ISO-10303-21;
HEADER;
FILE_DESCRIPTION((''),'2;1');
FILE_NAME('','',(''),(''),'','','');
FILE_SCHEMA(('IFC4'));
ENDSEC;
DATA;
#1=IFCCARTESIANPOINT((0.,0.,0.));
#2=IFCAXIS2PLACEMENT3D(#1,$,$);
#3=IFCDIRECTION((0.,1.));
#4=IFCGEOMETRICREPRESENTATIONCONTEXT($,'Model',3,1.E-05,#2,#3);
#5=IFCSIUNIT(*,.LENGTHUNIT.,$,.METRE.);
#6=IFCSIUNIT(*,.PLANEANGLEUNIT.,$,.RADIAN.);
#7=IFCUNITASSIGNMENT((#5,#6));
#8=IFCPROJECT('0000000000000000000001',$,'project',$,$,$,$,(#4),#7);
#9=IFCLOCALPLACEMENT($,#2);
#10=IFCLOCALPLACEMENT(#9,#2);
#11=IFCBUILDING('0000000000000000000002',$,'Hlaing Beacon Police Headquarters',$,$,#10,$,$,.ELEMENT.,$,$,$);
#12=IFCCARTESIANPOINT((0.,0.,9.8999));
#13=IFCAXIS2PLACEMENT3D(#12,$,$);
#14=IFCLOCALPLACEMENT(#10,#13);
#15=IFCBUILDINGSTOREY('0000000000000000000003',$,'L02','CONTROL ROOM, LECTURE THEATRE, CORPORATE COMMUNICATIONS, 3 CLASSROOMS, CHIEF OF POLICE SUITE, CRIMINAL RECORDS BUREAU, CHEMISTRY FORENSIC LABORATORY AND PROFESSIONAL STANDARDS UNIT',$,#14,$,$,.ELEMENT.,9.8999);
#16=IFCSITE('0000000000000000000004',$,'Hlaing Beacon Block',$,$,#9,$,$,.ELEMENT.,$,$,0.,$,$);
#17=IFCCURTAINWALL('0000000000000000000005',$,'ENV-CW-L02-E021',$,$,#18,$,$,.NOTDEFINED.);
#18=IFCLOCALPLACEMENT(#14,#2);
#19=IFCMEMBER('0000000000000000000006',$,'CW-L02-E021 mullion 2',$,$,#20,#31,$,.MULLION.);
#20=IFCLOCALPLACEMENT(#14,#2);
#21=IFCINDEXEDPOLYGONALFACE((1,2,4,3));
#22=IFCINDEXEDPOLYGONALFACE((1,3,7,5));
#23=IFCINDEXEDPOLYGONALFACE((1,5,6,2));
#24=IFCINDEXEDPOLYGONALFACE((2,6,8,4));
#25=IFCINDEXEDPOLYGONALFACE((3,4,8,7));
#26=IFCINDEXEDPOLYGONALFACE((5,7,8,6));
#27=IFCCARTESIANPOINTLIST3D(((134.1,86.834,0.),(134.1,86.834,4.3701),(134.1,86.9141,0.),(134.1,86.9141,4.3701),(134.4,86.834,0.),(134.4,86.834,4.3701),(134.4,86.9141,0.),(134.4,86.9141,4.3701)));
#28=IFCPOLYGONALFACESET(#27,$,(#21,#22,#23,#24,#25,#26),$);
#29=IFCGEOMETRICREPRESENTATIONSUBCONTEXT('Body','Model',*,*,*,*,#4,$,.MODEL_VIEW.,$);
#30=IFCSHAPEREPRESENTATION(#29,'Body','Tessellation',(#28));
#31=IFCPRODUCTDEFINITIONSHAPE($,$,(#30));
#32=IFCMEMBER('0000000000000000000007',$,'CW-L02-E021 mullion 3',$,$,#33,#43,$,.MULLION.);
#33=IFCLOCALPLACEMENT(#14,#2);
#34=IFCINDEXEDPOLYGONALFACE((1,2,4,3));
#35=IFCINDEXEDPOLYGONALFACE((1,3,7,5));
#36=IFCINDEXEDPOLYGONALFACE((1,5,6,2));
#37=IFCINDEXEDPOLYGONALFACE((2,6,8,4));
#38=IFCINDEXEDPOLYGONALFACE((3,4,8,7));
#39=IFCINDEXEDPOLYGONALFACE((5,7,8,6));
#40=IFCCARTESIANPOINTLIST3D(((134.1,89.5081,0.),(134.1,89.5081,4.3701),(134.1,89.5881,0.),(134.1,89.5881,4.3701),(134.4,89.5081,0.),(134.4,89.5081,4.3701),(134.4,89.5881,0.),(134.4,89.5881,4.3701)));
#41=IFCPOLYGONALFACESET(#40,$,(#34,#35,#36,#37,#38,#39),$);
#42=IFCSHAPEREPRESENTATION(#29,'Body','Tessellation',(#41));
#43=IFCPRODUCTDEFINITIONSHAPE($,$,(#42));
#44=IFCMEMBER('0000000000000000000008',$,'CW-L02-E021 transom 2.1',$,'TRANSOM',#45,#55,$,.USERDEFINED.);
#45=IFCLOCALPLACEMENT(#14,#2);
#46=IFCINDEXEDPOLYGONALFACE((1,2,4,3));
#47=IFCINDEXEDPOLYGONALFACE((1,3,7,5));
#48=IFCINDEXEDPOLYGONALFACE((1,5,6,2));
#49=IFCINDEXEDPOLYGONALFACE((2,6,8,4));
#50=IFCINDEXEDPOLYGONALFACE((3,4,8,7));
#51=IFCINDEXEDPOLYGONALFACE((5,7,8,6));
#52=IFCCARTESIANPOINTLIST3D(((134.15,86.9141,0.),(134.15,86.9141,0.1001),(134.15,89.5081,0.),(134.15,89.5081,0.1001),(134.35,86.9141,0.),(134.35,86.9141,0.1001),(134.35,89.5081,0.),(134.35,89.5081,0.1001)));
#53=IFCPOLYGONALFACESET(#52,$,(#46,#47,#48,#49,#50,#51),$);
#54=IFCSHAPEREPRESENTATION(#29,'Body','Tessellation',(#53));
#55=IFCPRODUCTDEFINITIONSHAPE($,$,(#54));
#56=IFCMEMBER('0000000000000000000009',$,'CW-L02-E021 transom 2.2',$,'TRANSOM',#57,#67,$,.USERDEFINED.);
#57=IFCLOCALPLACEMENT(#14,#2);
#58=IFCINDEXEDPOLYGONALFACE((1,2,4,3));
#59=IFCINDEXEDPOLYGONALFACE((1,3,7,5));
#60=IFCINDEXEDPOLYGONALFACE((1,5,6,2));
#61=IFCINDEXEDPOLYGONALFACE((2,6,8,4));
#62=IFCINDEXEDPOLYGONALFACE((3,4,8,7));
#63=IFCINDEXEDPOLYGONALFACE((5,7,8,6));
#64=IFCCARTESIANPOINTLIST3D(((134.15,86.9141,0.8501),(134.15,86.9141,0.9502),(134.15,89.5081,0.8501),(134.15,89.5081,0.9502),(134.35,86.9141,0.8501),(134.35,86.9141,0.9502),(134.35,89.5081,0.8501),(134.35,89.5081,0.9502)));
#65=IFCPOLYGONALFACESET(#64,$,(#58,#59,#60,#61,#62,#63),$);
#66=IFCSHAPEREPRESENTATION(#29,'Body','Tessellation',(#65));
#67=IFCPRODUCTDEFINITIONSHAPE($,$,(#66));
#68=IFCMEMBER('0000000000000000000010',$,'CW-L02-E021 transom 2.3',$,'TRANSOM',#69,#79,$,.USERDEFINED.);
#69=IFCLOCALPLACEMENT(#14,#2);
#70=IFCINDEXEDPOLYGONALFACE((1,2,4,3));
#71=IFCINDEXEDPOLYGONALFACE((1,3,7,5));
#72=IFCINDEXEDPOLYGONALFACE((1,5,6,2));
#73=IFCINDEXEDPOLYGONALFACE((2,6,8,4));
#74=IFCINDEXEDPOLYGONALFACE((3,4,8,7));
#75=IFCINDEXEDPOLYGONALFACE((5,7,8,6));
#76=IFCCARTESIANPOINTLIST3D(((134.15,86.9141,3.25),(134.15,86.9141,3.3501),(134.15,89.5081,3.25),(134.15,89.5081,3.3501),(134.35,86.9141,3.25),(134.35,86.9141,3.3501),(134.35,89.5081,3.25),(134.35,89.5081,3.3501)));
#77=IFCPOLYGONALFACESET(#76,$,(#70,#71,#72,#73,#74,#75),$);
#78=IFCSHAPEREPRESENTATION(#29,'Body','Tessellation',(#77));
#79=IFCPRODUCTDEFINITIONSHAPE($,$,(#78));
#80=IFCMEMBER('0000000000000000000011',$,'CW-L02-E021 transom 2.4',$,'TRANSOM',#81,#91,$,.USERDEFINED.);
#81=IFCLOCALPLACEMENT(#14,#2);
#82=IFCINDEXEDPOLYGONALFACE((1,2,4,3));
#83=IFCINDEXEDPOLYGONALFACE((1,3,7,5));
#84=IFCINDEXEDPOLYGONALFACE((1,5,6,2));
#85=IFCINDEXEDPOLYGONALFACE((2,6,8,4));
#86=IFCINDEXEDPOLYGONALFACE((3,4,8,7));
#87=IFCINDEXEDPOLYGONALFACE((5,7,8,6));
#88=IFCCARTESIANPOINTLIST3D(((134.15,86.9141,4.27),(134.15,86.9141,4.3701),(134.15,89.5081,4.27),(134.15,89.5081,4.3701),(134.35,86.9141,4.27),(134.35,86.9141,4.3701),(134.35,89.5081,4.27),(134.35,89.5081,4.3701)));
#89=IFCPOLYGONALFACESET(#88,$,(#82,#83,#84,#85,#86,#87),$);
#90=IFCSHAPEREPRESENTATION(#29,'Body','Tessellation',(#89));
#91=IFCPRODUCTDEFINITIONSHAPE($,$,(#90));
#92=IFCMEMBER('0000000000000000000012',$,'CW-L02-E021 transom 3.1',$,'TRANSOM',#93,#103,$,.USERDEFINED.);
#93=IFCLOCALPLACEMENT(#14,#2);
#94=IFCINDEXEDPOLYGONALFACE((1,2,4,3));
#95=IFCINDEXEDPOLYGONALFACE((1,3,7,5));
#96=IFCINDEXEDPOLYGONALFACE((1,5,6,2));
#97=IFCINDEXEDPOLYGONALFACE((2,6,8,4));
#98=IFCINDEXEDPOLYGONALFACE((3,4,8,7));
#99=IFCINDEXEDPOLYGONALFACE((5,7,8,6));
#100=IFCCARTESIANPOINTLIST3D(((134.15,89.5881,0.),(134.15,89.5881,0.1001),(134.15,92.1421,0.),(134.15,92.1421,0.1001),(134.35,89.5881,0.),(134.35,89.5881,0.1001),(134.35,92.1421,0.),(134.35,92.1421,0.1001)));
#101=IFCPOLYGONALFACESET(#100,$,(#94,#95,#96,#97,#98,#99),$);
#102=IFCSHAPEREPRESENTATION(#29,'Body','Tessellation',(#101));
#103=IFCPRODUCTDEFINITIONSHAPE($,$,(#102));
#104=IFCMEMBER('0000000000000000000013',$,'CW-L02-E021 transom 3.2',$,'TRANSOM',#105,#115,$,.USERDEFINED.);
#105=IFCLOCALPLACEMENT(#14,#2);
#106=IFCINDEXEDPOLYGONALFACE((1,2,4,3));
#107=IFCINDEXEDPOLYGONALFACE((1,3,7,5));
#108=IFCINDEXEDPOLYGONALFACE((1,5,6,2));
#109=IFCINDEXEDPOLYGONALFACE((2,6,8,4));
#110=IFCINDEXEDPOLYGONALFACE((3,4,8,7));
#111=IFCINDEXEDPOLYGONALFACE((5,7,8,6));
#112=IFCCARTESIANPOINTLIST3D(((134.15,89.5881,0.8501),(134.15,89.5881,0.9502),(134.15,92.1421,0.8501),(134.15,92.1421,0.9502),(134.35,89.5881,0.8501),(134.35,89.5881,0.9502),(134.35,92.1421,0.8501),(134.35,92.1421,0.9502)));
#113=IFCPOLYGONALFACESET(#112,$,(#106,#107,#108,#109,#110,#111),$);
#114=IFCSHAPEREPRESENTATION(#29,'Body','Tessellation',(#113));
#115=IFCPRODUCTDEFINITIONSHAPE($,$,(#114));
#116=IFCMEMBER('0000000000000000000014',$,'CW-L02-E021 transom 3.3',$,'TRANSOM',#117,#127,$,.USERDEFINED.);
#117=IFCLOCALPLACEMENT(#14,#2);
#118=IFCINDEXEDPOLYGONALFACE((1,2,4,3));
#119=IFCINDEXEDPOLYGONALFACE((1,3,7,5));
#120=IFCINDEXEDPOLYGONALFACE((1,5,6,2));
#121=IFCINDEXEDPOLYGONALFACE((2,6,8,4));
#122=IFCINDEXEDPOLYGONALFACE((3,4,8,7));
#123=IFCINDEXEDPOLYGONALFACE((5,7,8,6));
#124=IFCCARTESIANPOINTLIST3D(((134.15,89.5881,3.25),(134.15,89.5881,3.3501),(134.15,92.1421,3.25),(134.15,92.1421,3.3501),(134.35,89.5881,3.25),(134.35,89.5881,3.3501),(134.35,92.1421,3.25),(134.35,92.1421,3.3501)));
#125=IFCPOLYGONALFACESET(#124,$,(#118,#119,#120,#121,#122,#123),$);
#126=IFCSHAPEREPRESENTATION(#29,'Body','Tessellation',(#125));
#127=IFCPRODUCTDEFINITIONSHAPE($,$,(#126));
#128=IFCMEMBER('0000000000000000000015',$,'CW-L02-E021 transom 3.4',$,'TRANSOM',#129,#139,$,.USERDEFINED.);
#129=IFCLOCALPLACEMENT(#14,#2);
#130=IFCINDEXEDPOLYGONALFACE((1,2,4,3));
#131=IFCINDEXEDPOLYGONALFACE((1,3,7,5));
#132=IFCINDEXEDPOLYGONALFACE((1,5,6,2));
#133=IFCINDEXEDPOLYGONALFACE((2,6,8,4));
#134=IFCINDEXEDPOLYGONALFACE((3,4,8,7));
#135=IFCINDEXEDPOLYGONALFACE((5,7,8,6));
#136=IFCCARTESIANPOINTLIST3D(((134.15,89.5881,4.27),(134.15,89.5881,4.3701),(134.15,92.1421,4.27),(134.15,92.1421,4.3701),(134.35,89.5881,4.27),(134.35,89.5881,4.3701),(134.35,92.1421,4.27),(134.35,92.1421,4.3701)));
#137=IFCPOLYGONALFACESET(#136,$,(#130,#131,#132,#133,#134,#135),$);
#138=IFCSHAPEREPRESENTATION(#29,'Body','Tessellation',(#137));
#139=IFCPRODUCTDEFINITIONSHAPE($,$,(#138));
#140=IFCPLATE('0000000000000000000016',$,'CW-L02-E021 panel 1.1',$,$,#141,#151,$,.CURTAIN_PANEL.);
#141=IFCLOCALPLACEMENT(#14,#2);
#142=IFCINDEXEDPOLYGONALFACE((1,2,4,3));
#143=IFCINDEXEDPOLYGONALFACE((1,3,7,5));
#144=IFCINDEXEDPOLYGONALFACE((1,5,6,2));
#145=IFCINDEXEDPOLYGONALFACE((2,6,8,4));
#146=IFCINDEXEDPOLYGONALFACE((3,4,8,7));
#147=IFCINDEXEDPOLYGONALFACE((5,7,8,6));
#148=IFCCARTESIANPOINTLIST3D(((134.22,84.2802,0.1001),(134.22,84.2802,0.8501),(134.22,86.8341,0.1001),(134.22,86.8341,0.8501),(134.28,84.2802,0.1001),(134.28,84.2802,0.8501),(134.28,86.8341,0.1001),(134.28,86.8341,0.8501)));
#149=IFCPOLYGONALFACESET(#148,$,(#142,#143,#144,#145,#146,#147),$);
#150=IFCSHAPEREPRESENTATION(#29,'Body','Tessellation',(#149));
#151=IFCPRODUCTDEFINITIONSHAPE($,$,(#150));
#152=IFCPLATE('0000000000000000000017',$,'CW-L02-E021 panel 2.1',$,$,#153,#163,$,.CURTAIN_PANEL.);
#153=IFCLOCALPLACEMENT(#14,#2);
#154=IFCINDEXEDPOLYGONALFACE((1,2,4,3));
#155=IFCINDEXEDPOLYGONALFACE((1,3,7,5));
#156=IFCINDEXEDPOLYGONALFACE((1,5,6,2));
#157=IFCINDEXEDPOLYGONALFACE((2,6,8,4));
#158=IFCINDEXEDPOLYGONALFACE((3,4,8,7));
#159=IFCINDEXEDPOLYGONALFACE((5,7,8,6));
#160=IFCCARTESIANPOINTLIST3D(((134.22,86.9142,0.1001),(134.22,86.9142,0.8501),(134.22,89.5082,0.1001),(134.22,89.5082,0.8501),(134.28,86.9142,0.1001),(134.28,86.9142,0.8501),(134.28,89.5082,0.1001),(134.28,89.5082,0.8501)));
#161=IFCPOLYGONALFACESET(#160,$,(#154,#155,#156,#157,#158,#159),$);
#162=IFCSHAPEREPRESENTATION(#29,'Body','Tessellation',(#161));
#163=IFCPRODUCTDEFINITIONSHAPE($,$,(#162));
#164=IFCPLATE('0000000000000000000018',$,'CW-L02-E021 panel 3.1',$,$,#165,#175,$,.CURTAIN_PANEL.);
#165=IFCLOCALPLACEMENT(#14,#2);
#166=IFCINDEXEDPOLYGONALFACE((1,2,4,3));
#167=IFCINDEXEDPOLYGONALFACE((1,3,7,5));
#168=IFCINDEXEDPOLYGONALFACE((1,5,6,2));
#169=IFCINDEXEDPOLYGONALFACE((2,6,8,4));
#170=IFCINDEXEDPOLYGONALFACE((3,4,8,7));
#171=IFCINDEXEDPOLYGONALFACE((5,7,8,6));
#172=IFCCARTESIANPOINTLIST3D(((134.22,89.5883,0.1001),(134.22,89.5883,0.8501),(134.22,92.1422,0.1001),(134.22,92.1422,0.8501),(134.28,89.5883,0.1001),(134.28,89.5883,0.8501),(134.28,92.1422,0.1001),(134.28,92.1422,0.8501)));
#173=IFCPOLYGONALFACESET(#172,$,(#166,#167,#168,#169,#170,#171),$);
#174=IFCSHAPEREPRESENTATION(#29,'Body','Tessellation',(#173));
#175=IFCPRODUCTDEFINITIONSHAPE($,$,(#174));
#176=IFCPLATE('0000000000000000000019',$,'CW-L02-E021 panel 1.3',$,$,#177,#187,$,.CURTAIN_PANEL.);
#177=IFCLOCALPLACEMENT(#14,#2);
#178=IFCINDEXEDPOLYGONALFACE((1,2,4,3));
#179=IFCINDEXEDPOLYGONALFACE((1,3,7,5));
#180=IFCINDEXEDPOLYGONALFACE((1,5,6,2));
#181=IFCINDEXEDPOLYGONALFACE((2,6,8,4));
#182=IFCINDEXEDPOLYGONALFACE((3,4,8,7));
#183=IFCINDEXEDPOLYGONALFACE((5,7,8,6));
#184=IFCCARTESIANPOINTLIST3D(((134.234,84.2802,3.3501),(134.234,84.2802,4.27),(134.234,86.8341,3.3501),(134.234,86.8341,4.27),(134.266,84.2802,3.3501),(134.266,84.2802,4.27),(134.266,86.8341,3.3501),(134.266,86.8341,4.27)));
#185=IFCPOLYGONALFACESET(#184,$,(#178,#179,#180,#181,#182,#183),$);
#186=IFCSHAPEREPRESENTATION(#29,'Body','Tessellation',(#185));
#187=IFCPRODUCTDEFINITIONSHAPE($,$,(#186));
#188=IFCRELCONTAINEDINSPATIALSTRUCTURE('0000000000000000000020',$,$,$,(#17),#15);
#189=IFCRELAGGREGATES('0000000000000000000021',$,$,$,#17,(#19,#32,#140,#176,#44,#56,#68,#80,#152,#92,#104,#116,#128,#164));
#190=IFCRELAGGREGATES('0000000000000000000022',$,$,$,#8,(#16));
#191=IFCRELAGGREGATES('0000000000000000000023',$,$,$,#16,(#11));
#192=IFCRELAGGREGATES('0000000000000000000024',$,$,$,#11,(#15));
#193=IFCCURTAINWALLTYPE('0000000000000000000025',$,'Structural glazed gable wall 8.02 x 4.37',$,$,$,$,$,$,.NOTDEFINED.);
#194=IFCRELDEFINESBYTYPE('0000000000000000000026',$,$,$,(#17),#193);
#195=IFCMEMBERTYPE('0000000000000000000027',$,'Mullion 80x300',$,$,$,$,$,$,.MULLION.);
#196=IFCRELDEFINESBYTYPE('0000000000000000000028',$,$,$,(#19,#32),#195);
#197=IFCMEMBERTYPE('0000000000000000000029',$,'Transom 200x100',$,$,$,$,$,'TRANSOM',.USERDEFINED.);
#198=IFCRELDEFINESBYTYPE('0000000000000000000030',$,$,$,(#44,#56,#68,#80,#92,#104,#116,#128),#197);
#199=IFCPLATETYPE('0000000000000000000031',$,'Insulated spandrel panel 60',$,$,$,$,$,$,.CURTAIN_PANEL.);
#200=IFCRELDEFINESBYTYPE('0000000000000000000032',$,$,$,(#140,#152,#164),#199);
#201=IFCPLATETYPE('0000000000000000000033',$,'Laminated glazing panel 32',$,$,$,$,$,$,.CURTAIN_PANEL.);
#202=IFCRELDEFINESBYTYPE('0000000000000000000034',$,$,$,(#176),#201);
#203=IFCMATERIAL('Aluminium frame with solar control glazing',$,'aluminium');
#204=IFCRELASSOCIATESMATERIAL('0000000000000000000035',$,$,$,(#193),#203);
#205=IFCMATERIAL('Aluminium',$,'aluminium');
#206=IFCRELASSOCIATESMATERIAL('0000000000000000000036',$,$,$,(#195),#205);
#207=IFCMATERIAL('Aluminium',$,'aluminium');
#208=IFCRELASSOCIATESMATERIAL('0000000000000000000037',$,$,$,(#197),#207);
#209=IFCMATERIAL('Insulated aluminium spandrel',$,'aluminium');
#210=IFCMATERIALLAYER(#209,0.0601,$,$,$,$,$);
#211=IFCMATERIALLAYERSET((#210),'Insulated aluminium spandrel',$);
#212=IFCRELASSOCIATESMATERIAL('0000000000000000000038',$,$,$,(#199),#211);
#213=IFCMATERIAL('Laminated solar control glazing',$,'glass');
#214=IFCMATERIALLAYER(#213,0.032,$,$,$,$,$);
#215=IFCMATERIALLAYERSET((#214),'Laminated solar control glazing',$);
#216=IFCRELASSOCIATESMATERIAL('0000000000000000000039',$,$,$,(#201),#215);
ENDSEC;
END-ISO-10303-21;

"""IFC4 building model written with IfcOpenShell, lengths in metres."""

from ifc_helpers import new_model, si_unit, direction, frame, origin, origin_2d, place, context, subcontext, project, spatial, rectangle, extrude, material, layer, layer_set, material_profile, profile_set, type_object, element, aggregate, save


model = new_model("IFC4")

# Units and contexts
model_context = context("Model", 3, precision=1e-05, world=origin(), true_north=direction((0.0, 1.0)))
body_context = subcontext(model_context, "Body", "Model", "MODEL_VIEW")
ifc_project = project(units=[si_unit("LENGTHUNIT", "METRE"), si_unit("PLANEANGLEUNIT", "RADIAN")], contexts=[model_context])

# Site, building, storey
site_placement = place(None, origin())
site = spatial("IfcSite", under=ifc_project, at=site_placement, Name="Hlaing Beacon Block", CompositionType="ELEMENT", RefElevation=0.0)
building_placement = place(site_placement, origin())
building = spatial("IfcBuilding", under=site, at=building_placement, Name="Hlaing Beacon Police Headquarters", CompositionType="ELEMENT")
storey_placement = place(building_placement, frame((0.0, 0.0, 9.8999)))
storey = spatial("IfcBuildingStorey", under=building, at=storey_placement, Name="L02", Description="CONTROL ROOM, LECTURE THEATRE, CORPORATE COMMUNICATIONS, 3 CLASSROOMS, CHIEF OF POLICE SUITE, CRIMINAL RECORDS BUREAU, CHEMISTRY FORENSIC LABORATORY AND PROFESSIONAL STANDARDS UNIT", CompositionType="ELEMENT", Elevation=9.8999)

# Curtain wall, members, plates
ifc_material_1 = material(Name="Aluminium frame with solar control glazing", Category="aluminium")
curtain_wall_type = type_object("IfcCurtainWallType", Name="Structural glazed gable wall 8.02 x 4.37", PredefinedType="NOTDEFINED", material=ifc_material_1)
curtain_wall_placement = place(storey_placement, origin())
curtain_wall = element("IfcCurtainWall", 1, at=curtain_wall_placement, inside=storey, type_object=curtain_wall_type, Name="ENV-CW-L02-E021", PredefinedType="NOTDEFINED")
ifc_material_2 = material(Name="Aluminium", Category="aluminium")
ifc_material_profile_1 = material_profile(ifc_material_2, rectangle(XDim=0.3, YDim=0.0801, at=origin_2d()), Name="Mullion 80x300")
ifc_profile_set_1 = profile_set([ifc_material_profile_1], Name="Aluminium")
member_type_1 = type_object("IfcMemberType", Name="Mullion 80x300", PredefinedType="MULLION", material=ifc_profile_set_1)
member_1_placement = place(storey_placement, frame((134.25, 86.874, 0.0), z_axis=(0.0, 0.0, 1.0), x_axis=(-1.0, 0.0, 0.0)))
member_1 = element("IfcMember", 2, at=member_1_placement, type_object=member_type_1, Name="CW-L02-E021 mullion 2", PredefinedType="MULLION", context=body_context, shape_type="SweptSolid", body=[
    extrude(rectangle(XDim=0.3, YDim=0.0801, at=origin_2d()), origin(), (0.0, 0.0, 1.0), 4.3701),
])
member_2_placement = place(storey_placement, frame((134.25, 89.5481, 0.0), z_axis=(0.0, 0.0, 1.0), x_axis=(-1.0, 0.0, 0.0)))
member_2 = element("IfcMember", 3, at=member_2_placement, type_object=member_type_1, Name="CW-L02-E021 mullion 3", PredefinedType="MULLION", context=body_context, shape_type="SweptSolid", body=[
    extrude(rectangle(XDim=0.3, YDim=0.0801, at=origin_2d()), origin(), (0.0, 0.0, 1.0), 4.3701),
])
ifc_material_3 = material(Name="Aluminium", Category="aluminium")
ifc_material_profile_2 = material_profile(ifc_material_3, rectangle(XDim=0.2, YDim=0.1001, at=origin_2d()), Name="Transom 200x100")
ifc_profile_set_2 = profile_set([ifc_material_profile_2], Name="Aluminium")
member_type_2 = type_object("IfcMemberType", Name="Transom 200x100", ElementType="TRANSOM", PredefinedType="USERDEFINED", material=ifc_profile_set_2)
member_3_placement = place(storey_placement, frame((134.25, 86.9141, 0.05), z_axis=(0.0, 1.0, 0.0), x_axis=(-1.0, 0.0, 0.0)))
member_3 = element("IfcMember", 4, at=member_3_placement, type_object=member_type_2, Name="CW-L02-E021 transom 2.1", ObjectType="TRANSOM", PredefinedType="USERDEFINED", context=body_context, shape_type="SweptSolid", body=[
    extrude(rectangle(XDim=0.2, YDim=0.1001, at=origin_2d()), origin(), (0.0, 0.0, 1.0), 2.594),
])
member_4_placement = place(storey_placement, frame((134.25, 86.9141, 0.9001), z_axis=(0.0, 1.0, 0.0), x_axis=(-1.0, 0.0, 0.0)))
member_4 = element("IfcMember", 5, at=member_4_placement, type_object=member_type_2, Name="CW-L02-E021 transom 2.2", ObjectType="TRANSOM", PredefinedType="USERDEFINED", context=body_context, shape_type="SweptSolid", body=[
    extrude(rectangle(XDim=0.2, YDim=0.1001, at=origin_2d()), origin(), (0.0, 0.0, 1.0), 2.594),
])
member_5_placement = place(storey_placement, frame((134.25, 86.9141, 3.3), z_axis=(0.0, 1.0, 0.0), x_axis=(-1.0, 0.0, 0.0)))
member_5 = element("IfcMember", 6, at=member_5_placement, type_object=member_type_2, Name="CW-L02-E021 transom 2.3", ObjectType="TRANSOM", PredefinedType="USERDEFINED", context=body_context, shape_type="SweptSolid", body=[
    extrude(rectangle(XDim=0.2, YDim=0.1001, at=origin_2d()), origin(), (0.0, 0.0, 1.0), 2.594),
])
member_6_placement = place(storey_placement, frame((134.25, 86.9141, 4.3201), z_axis=(0.0, 1.0, 0.0), x_axis=(-1.0, 0.0, 0.0)))
member_6 = element("IfcMember", 7, at=member_6_placement, type_object=member_type_2, Name="CW-L02-E021 transom 2.4", ObjectType="TRANSOM", PredefinedType="USERDEFINED", context=body_context, shape_type="SweptSolid", body=[
    extrude(rectangle(XDim=0.2, YDim=0.1001, at=origin_2d()), origin(), (0.0, 0.0, 1.0), 2.594),
])
member_7_placement = place(storey_placement, frame((134.25, 89.5881, 0.05), z_axis=(0.0, 1.0, 0.0), x_axis=(-1.0, 0.0, 0.0)))
member_7 = element("IfcMember", 8, at=member_7_placement, type_object=member_type_2, Name="CW-L02-E021 transom 3.1", ObjectType="TRANSOM", PredefinedType="USERDEFINED", context=body_context, shape_type="SweptSolid", body=[
    extrude(rectangle(XDim=0.2, YDim=0.1001, at=origin_2d()), origin(), (0.0, 0.0, 1.0), 2.554),
])
member_8_placement = place(storey_placement, frame((134.25, 89.5881, 0.9001), z_axis=(0.0, 1.0, 0.0), x_axis=(-1.0, 0.0, 0.0)))
member_8 = element("IfcMember", 9, at=member_8_placement, type_object=member_type_2, Name="CW-L02-E021 transom 3.2", ObjectType="TRANSOM", PredefinedType="USERDEFINED", context=body_context, shape_type="SweptSolid", body=[
    extrude(rectangle(XDim=0.2, YDim=0.1001, at=origin_2d()), origin(), (0.0, 0.0, 1.0), 2.554),
])
member_9_placement = place(storey_placement, frame((134.25, 89.5881, 3.3), z_axis=(0.0, 1.0, 0.0), x_axis=(-1.0, 0.0, 0.0)))
member_9 = element("IfcMember", 10, at=member_9_placement, type_object=member_type_2, Name="CW-L02-E021 transom 3.3", ObjectType="TRANSOM", PredefinedType="USERDEFINED", context=body_context, shape_type="SweptSolid", body=[
    extrude(rectangle(XDim=0.2, YDim=0.1001, at=origin_2d()), origin(), (0.0, 0.0, 1.0), 2.554),
])
member_10_placement = place(storey_placement, frame((134.25, 89.5881, 4.3201), z_axis=(0.0, 1.0, 0.0), x_axis=(-1.0, 0.0, 0.0)))
member_10 = element("IfcMember", 11, at=member_10_placement, type_object=member_type_2, Name="CW-L02-E021 transom 3.4", ObjectType="TRANSOM", PredefinedType="USERDEFINED", context=body_context, shape_type="SweptSolid", body=[
    extrude(rectangle(XDim=0.2, YDim=0.1001, at=origin_2d()), origin(), (0.0, 0.0, 1.0), 2.554),
])
ifc_material_4 = material(Name="Insulated aluminium spandrel", Category="aluminium")
ifc_layer_1 = layer(ifc_material_4, 0.0601)
ifc_layer_set_1 = layer_set([ifc_layer_1], Name="Insulated aluminium spandrel")
plate_type_1 = type_object("IfcPlateType", Name="Insulated spandrel panel 60", PredefinedType="CURTAIN_PANEL", material=ifc_layer_set_1)
plate_1_placement = place(storey_placement, frame((134.25, 85.5571, 0.1001), z_axis=(0.0, 0.0, 1.0), x_axis=(0.0, 1.0, 0.0)))
plate_1 = element("IfcPlate", 12, at=plate_1_placement, type_object=plate_type_1, Name="CW-L02-E021 panel 1.1", PredefinedType="CURTAIN_PANEL", context=body_context, shape_type="SweptSolid", body=[
    extrude(rectangle(XDim=2.554, YDim=0.0601, at=origin_2d()), origin(), (0.0, 0.0, 1.0), 0.75),
])
plate_2_placement = place(storey_placement, frame((134.25, 88.2112, 0.1001), z_axis=(0.0, 0.0, 1.0), x_axis=(0.0, 1.0, 0.0)))
plate_2 = element("IfcPlate", 13, at=plate_2_placement, type_object=plate_type_1, Name="CW-L02-E021 panel 2.1", PredefinedType="CURTAIN_PANEL", context=body_context, shape_type="SweptSolid", body=[
    extrude(rectangle(XDim=2.594, YDim=0.0601, at=origin_2d()), origin(), (0.0, 0.0, 1.0), 0.75),
])
plate_3_placement = place(storey_placement, frame((134.25, 90.8652, 0.1001), z_axis=(0.0, 0.0, 1.0), x_axis=(0.0, 1.0, 0.0)))
plate_3 = element("IfcPlate", 14, at=plate_3_placement, type_object=plate_type_1, Name="CW-L02-E021 panel 3.1", PredefinedType="CURTAIN_PANEL", context=body_context, shape_type="SweptSolid", body=[
    extrude(rectangle(XDim=2.554, YDim=0.0601, at=origin_2d()), origin(), (0.0, 0.0, 1.0), 0.75),
])
ifc_material_5 = material(Name="Laminated solar control glazing", Category="glass")
ifc_layer_2 = layer(ifc_material_5, 0.032)
ifc_layer_set_2 = layer_set([ifc_layer_2], Name="Laminated solar control glazing")
plate_type_2 = type_object("IfcPlateType", Name="Laminated glazing panel 32", PredefinedType="CURTAIN_PANEL", material=ifc_layer_set_2)
plate_4_placement = place(storey_placement, frame((134.25, 85.5571, 3.3501), z_axis=(0.0, 0.0, 1.0), x_axis=(0.0, 1.0, 0.0)))
plate_4 = element("IfcPlate", 15, at=plate_4_placement, type_object=plate_type_2, Name="CW-L02-E021 panel 1.3", PredefinedType="CURTAIN_PANEL", context=body_context, shape_type="SweptSolid", body=[
    extrude(rectangle(XDim=2.554, YDim=0.032, at=origin_2d()), origin(), (0.0, 0.0, 1.0), 0.9199),
])
aggregate(curtain_wall, [member_1, member_2, plate_1, plate_4, member_3, member_4, member_5, member_6, plate_2, member_7, member_8, member_9, member_10, plate_3])

save(model, "model.ifc")
